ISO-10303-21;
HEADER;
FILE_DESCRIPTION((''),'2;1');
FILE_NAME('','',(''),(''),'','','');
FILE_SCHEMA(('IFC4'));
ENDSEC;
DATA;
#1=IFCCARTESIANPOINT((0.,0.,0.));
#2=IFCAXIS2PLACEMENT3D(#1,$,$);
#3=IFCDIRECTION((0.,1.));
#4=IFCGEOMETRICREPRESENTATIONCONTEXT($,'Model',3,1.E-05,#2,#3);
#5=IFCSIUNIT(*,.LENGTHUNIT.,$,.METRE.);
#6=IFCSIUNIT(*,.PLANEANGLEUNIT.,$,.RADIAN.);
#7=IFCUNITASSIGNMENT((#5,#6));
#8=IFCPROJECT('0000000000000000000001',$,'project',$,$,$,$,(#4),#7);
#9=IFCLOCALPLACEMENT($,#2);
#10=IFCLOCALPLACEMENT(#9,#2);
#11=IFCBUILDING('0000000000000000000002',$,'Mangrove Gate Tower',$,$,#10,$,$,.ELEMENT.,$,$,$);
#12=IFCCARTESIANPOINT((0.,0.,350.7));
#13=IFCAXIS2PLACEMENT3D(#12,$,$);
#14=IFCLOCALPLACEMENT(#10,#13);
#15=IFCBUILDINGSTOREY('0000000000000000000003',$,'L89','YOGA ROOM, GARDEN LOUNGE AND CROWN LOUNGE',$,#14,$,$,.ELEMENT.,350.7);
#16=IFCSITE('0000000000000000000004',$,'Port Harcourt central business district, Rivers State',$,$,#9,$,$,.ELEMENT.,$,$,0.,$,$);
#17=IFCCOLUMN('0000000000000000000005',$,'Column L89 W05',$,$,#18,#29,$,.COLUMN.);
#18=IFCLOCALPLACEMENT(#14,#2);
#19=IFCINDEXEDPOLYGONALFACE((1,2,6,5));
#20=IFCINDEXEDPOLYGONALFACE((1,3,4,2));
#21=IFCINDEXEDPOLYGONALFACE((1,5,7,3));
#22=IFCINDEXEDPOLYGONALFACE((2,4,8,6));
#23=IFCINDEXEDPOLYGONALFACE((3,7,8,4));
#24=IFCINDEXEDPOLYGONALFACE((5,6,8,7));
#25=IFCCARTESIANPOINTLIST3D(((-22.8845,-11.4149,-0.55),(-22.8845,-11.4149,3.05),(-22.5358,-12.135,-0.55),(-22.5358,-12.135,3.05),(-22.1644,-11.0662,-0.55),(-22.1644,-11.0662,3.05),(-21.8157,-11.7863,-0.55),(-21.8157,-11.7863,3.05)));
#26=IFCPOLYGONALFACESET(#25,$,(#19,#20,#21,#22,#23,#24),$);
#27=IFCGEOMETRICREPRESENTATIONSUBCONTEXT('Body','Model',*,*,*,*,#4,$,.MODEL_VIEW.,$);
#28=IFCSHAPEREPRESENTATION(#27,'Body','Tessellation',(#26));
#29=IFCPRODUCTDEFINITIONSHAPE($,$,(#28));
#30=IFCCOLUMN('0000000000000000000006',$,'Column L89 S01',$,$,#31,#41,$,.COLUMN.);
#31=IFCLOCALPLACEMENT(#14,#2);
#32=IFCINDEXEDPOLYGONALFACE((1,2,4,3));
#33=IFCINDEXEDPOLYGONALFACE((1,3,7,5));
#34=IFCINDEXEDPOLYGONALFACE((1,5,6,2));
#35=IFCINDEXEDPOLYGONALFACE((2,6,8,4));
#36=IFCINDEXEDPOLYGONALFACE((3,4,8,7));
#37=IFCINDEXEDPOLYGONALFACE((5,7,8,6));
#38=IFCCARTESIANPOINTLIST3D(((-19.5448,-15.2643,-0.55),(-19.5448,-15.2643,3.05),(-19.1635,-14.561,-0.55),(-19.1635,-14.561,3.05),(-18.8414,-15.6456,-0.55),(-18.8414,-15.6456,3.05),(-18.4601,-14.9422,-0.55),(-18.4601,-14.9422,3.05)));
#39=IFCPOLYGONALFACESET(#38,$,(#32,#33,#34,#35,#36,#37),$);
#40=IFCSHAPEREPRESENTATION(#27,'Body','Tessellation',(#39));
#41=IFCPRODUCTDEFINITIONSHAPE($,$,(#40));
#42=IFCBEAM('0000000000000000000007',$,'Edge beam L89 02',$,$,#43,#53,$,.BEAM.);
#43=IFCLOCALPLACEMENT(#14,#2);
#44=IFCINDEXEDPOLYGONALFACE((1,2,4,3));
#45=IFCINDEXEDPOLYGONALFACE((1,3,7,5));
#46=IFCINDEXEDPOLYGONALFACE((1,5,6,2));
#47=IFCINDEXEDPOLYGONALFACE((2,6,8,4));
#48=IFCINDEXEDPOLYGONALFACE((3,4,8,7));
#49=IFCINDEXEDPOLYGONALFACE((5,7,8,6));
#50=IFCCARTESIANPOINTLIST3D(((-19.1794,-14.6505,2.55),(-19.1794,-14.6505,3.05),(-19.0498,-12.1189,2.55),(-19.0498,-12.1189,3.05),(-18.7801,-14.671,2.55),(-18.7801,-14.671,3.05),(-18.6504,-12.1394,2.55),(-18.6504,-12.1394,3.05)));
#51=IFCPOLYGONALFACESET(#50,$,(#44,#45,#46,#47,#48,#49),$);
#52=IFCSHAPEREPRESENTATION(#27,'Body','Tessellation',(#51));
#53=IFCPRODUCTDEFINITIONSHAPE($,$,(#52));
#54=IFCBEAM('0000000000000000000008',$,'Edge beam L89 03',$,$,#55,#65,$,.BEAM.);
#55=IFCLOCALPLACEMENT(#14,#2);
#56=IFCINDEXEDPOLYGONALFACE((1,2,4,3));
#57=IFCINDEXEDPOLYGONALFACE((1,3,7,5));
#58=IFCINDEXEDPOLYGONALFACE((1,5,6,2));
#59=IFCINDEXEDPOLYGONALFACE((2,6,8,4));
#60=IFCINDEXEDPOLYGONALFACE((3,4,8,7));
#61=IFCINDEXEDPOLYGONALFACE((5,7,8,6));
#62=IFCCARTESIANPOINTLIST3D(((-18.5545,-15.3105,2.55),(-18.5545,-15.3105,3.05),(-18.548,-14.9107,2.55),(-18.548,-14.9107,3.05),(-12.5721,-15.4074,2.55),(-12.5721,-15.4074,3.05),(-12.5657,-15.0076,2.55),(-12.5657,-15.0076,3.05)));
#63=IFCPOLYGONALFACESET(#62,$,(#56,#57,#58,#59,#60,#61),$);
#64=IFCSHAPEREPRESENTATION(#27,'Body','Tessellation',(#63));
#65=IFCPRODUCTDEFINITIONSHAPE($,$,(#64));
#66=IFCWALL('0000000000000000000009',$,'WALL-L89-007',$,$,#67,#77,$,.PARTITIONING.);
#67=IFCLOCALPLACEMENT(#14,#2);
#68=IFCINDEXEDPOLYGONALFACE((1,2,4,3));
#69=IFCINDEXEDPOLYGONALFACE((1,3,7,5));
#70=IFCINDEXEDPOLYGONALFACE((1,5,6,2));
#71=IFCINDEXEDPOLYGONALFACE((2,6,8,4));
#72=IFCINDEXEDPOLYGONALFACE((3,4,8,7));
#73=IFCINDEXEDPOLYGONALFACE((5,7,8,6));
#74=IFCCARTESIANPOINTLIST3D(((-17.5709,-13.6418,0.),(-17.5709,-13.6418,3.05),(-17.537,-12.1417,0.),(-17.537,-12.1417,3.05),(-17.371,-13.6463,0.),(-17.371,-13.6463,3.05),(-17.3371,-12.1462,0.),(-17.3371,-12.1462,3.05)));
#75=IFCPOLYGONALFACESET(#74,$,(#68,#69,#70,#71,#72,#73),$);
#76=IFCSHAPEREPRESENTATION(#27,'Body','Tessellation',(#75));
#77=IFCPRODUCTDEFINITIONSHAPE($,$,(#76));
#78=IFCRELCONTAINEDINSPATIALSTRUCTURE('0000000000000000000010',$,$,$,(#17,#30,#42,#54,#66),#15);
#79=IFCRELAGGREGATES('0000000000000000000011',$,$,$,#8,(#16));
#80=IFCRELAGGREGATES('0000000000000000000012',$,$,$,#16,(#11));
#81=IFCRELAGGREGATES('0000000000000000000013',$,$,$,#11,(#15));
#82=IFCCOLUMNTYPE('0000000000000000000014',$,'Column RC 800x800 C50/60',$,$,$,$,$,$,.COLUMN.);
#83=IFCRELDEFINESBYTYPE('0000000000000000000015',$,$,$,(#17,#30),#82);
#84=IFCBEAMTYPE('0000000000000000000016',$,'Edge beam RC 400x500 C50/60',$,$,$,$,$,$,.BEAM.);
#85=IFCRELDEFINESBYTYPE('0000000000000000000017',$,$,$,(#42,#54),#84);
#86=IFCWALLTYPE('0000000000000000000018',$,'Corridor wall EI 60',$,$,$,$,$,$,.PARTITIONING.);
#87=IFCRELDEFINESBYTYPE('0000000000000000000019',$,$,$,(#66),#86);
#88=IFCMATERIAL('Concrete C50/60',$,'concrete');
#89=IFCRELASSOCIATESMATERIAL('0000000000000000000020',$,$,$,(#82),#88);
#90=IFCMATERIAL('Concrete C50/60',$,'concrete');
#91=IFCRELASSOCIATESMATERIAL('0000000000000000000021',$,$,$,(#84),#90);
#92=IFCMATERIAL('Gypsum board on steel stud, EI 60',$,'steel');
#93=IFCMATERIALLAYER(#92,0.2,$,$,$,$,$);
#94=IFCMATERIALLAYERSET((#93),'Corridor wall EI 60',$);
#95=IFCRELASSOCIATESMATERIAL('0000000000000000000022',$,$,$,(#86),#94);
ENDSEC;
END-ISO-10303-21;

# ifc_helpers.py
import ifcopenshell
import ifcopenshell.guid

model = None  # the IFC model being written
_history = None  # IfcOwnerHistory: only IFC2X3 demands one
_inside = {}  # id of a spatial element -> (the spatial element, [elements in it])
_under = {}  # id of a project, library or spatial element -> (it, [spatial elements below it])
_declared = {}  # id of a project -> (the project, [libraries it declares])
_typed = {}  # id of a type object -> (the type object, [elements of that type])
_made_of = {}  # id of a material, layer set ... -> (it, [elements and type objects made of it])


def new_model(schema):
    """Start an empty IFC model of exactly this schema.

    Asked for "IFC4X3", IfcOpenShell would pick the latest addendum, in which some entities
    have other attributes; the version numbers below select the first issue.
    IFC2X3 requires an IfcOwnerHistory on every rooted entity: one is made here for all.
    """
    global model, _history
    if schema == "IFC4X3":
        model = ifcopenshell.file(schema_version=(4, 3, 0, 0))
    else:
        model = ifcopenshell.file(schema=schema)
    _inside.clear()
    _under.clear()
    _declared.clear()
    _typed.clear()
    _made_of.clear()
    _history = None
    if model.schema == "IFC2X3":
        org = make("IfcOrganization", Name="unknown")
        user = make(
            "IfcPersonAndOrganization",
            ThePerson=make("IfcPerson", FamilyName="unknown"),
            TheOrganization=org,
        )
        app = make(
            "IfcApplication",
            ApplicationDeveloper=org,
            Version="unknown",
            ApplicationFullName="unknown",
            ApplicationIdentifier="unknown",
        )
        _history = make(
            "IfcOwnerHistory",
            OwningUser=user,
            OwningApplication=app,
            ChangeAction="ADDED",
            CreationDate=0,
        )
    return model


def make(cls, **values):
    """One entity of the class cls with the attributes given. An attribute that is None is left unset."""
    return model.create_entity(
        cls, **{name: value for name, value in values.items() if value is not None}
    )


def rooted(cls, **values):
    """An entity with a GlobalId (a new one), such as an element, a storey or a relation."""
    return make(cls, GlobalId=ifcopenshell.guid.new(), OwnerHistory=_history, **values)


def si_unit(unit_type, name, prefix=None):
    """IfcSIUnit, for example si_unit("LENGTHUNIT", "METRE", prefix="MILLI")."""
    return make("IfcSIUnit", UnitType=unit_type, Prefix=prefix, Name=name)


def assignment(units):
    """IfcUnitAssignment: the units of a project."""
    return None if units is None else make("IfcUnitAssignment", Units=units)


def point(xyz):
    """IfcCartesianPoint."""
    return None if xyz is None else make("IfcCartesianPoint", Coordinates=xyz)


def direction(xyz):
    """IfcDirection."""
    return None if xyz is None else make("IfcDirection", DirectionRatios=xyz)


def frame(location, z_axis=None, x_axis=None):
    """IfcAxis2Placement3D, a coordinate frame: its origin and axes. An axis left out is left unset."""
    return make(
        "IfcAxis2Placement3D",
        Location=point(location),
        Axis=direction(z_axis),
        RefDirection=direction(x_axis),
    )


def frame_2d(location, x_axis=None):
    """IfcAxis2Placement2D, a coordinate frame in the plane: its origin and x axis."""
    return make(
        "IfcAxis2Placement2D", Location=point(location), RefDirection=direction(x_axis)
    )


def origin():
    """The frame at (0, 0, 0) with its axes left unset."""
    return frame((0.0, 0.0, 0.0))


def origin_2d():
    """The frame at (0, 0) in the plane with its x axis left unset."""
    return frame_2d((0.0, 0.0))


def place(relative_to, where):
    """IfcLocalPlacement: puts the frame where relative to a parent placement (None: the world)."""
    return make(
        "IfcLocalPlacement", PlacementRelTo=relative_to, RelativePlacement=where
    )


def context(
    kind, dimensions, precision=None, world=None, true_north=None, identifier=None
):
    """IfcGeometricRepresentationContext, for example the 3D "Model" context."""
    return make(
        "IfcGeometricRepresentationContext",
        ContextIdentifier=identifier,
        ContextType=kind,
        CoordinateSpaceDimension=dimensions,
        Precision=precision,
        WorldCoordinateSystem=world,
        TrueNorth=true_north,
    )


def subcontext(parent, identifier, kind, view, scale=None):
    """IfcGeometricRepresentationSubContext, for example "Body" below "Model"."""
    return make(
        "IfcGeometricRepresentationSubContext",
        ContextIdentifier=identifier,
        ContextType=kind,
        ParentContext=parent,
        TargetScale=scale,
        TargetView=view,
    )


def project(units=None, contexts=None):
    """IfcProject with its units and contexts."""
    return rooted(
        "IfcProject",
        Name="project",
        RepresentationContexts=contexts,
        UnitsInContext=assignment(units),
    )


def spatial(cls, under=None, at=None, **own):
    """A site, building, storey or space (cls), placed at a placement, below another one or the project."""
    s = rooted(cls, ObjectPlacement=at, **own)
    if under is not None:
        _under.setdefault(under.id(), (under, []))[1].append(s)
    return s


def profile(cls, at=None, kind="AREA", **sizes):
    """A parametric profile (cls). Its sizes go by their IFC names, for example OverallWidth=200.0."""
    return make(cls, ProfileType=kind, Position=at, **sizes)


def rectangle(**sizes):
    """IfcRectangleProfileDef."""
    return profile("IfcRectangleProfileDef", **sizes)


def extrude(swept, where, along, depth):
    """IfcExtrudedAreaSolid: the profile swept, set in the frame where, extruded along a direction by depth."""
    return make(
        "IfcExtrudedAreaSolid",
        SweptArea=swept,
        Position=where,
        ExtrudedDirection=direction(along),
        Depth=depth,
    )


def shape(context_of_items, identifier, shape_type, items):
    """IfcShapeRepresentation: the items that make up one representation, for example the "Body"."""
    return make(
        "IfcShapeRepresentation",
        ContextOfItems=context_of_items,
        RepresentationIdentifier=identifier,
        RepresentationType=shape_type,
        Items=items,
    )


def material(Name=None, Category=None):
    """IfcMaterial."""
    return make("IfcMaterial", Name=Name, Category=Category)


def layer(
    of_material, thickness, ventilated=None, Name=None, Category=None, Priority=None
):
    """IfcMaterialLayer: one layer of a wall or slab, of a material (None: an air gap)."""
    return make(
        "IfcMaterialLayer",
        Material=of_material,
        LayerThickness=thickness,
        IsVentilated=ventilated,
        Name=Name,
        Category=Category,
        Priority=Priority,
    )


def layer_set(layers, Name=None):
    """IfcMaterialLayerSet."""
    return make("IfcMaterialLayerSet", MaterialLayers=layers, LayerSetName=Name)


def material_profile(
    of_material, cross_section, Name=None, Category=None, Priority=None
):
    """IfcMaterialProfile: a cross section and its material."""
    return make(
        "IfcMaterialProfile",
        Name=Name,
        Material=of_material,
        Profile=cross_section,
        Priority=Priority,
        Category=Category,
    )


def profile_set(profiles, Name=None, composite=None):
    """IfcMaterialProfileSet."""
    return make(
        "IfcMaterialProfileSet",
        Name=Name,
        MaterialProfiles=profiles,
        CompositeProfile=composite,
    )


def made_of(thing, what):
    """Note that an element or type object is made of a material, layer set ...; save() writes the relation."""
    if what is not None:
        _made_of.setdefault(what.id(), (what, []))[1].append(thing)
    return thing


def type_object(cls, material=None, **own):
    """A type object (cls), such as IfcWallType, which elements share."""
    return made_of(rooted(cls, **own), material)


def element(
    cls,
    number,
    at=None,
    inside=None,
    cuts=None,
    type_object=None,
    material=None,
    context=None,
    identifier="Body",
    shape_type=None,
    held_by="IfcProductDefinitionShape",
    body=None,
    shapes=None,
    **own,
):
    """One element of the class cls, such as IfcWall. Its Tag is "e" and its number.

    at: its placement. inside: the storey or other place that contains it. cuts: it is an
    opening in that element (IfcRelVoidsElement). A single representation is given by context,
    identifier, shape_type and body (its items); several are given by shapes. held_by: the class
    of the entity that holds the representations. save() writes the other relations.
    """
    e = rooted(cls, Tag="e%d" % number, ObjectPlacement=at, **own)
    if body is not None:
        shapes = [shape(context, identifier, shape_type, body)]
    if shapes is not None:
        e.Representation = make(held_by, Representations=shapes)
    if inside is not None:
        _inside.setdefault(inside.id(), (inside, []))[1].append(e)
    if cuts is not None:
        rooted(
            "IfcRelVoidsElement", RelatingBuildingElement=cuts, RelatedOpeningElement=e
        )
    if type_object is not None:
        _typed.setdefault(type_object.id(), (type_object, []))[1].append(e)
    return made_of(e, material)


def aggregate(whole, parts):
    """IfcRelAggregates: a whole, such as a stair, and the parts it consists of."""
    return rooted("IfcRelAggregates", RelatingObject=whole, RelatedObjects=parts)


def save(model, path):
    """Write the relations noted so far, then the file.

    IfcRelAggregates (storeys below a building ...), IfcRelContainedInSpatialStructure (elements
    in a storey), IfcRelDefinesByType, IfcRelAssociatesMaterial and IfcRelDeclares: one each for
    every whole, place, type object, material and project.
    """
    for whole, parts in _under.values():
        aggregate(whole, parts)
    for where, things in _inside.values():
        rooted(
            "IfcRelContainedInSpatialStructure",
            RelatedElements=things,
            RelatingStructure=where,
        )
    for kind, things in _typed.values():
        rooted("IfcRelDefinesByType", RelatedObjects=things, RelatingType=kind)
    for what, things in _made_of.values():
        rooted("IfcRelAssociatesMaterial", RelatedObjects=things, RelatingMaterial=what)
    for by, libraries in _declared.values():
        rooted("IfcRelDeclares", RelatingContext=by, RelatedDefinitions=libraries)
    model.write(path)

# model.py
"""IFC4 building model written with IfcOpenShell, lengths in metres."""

from ifc_helpers import new_model, si_unit, direction, frame, frame_2d, origin, origin_2d, place, context, subcontext, project, spatial, rectangle, extrude, material, layer, layer_set, material_profile, profile_set, type_object, element, save


model = new_model("IFC4")

# Units and contexts
model_context = context("Model", 3, precision=1e-05, world=origin(), true_north=direction((0.0, 1.0)))
body_context = subcontext(model_context, "Body", "Model", "MODEL_VIEW")
ifc_project = project(units=[si_unit("LENGTHUNIT", "METRE"), si_unit("PLANEANGLEUNIT", "RADIAN")], contexts=[model_context])

# Site, building, storey
site_placement = place(None, origin())
site = spatial("IfcSite", under=ifc_project, at=site_placement, Name="Port Harcourt central business district, Rivers State", CompositionType="ELEMENT", RefElevation=0.0)
building_placement = place(site_placement, origin())
building = spatial("IfcBuilding", under=site, at=building_placement, Name="Mangrove Gate Tower", CompositionType="ELEMENT")
storey_placement = place(building_placement, frame((0.0, 0.0, 350.7)))
storey = spatial("IfcBuildingStorey", under=building, at=storey_placement, Name="L89", Description="YOGA ROOM, GARDEN LOUNGE AND CROWN LOUNGE", CompositionType="ELEMENT", Elevation=350.7)

# Columns
ifc_material_1 = material(Name="Concrete C50/60", Category="concrete")
ifc_material_profile_1 = material_profile(ifc_material_1, rectangle(XDim=0.8, YDim=0.8, at=origin_2d()))
ifc_profile_set_1 = profile_set([ifc_material_profile_1], Name="Concrete C50/60")
column_type = type_object("IfcColumnType", Name="Column RC 800x800 C50/60", PredefinedType="COLUMN", material=ifc_profile_set_1)
for number, where, z_axis, x_axis, name in (
    (1, (-22.3501, -11.6006, -0.55), (0.0, 0.0, 1.0), (0.435826, -0.900031, 0.0), "Column L89 W05"),
    (2, (-19.0024, -15.1033, -0.55), (0.0, 0.0, 1.0), (0.879153, -0.47654, 0.0), "Column L89 S01"),
):
    element("IfcColumn", number, at=place(storey_placement, frame(where, z_axis=z_axis, x_axis=x_axis)), inside=storey, type_object=column_type, Name=name, PredefinedType="COLUMN", context=body_context, shape_type="SweptSolid", body=[
        extrude(rectangle(XDim=0.8, YDim=0.8, at=origin_2d()), origin(), (0.0, 0.0, 1.0), 3.6001),
    ])

# Beams
ifc_material_2 = material(Name="Concrete C50/60", Category="concrete")
ifc_material_profile_2 = material_profile(ifc_material_2, rectangle(XDim=0.3999, YDim=0.5, at=origin_2d()))
ifc_profile_set_2 = profile_set([ifc_material_profile_2], Name="Concrete C50/60")
beam_type = type_object("IfcBeamType", Name="Edge beam RC 400x500 C50/60", PredefinedType="BEAM", material=ifc_profile_set_2)
beam_1_placement = place(storey_placement, frame((-18.8501, -12.1292, 2.8), z_axis=(-0.051143, -0.998691, 0.0), x_axis=(0.998691, -0.051143, 0.0)))
element("IfcBeam", 3, at=beam_1_placement, inside=storey, type_object=beam_type, Name="Edge beam L89 02", PredefinedType="BEAM", context=body_context, shape_type="SweptSolid", body=[
    extrude(rectangle(XDim=0.3999, YDim=0.5, at=origin_2d()), origin(), (0.0, 0.0, 1.0), 2.5349),
])
beam_2_placement = place(storey_placement, frame((-18.5513, -15.1106, 2.8), z_axis=(0.999869, -0.016199, 0.0), x_axis=(0.016199, 0.999869, 0.0)))
element("IfcBeam", 4, at=beam_2_placement, inside=storey, type_object=beam_type, Name="Edge beam L89 03", PredefinedType="BEAM", context=body_context, shape_type="SweptSolid", body=[
    extrude(rectangle(XDim=0.3999, YDim=0.5, at=origin_2d()), origin(), (0.0, 0.0, 1.0), 5.9832),
])

# Wall
ifc_material_3 = material(Name="Gypsum board on steel stud, EI 60", Category="steel")
ifc_layer_1 = layer(ifc_material_3, 0.2)
ifc_layer_set_1 = layer_set([ifc_layer_1], Name="Corridor wall EI 60")
wall_type_1 = type_object("IfcWallType", Name="Corridor wall EI 60", PredefinedType="PARTITIONING", material=ifc_layer_set_1)
wall_1_placement = place(storey_placement, frame((-17.4709, -13.644, 0.0), z_axis=(0.0, 0.0, 1.0), x_axis=(0.022618, 0.999744, 0.0)))
element("IfcWall", 5, at=wall_1_placement, inside=storey, type_object=wall_type_1, Name="WALL-L89-007", PredefinedType="PARTITIONING", context=body_context, shape_type="SweptSolid", body=[
    extrude(rectangle(XDim=1.5005, YDim=0.2, at=frame_2d((0.7502, 0.0))), origin(), (0.0, 0.0, 1.0), 3.05),
])

save(model, "model.ifc")
